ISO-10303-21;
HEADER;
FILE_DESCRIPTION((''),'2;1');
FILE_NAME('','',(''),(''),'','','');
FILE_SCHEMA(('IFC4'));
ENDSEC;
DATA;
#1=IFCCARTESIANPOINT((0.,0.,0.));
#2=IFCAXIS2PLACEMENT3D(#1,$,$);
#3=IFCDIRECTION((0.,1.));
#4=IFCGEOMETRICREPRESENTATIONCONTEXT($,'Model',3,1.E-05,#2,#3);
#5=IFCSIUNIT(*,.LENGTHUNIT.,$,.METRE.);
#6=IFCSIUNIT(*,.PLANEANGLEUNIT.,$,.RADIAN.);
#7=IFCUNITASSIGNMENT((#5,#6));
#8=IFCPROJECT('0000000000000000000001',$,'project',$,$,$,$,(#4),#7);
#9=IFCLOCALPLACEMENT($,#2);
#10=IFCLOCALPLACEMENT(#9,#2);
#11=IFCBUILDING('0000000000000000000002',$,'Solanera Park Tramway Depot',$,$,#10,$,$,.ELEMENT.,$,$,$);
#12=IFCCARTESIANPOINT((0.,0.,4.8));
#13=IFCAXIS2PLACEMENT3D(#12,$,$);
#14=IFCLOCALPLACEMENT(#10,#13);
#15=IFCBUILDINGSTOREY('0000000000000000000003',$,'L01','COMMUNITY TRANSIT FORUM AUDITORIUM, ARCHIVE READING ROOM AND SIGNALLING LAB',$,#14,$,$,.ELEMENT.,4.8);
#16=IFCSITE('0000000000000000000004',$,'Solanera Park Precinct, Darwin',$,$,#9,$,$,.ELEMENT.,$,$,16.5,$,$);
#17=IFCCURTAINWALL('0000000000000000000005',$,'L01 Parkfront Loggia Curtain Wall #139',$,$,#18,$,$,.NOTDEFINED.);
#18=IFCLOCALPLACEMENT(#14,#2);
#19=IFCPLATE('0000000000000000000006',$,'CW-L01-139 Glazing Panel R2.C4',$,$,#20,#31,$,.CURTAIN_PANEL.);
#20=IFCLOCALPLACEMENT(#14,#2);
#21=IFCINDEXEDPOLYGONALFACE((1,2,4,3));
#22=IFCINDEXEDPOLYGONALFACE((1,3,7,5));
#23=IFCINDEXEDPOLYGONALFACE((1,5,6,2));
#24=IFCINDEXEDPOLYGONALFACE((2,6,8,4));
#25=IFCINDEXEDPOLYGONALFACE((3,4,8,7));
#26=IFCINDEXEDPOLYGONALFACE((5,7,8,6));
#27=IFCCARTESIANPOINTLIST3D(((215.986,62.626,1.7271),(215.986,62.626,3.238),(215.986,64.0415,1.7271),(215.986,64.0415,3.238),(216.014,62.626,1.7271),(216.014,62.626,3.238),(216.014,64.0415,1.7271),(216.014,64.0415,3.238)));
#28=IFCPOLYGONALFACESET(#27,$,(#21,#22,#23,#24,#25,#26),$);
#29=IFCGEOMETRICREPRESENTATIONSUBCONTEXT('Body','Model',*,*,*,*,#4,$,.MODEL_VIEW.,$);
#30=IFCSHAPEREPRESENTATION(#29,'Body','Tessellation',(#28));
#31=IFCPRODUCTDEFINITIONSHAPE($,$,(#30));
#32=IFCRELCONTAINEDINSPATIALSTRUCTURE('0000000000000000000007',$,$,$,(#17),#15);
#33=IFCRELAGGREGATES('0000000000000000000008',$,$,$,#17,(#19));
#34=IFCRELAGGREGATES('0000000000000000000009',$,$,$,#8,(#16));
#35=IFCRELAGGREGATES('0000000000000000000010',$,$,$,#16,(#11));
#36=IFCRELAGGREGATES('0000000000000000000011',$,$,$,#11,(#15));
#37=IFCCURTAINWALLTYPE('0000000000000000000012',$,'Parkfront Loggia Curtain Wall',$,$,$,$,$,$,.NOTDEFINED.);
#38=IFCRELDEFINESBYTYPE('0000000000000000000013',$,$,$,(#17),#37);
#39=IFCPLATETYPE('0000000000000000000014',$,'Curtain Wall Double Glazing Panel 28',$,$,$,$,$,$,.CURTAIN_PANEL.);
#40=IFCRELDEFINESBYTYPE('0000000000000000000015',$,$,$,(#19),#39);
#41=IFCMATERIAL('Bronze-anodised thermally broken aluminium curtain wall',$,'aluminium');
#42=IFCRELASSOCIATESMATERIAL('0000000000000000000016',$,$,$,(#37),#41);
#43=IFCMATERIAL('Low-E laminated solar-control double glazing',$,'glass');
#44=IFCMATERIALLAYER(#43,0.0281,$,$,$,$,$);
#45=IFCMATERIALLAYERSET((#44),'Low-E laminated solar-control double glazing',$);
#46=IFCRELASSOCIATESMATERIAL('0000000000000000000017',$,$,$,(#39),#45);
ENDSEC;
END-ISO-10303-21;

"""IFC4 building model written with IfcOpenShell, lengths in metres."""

from ifc_helpers import new_model, si_unit, direction, frame, origin, origin_2d, place, context, subcontext, project, spatial, rectangle, extrude, material, layer, layer_set, type_object, element, aggregate, save


model = new_model("IFC4")

# Units and contexts
model_context = context("Model", 3, precision=1e-05, world=origin(), true_north=direction((0.0, 1.0)))
body_context = subcontext(model_context, "Body", "Model", "MODEL_VIEW")
ifc_project = project(units=[si_unit("LENGTHUNIT", "METRE"), si_unit("PLANEANGLEUNIT", "RADIAN")], contexts=[model_context])

# Site, building, storey
site_placement = place(None, origin())
site = spatial("IfcSite", under=ifc_project, at=site_placement, Name="Solanera Park Precinct, Darwin", CompositionType="ELEMENT", RefElevation=16.5)
building_placement = place(site_placement, origin())
building = spatial("IfcBuilding", under=site, at=building_placement, Name="Solanera Park Tramway Depot", CompositionType="ELEMENT")
storey_placement = place(building_placement, frame((0.0, 0.0, 4.8)))
storey = spatial("IfcBuildingStorey", under=building, at=storey_placement, Name="L01", Description="COMMUNITY TRANSIT FORUM AUDITORIUM, ARCHIVE READING ROOM AND SIGNALLING LAB", CompositionType="ELEMENT", Elevation=4.8)

# Shared definitions
ifc_material_1 = material(Name="Bronze-anodised thermally broken aluminium curtain wall", Category="aluminium")
curtain_wall_type = type_object("IfcCurtainWallType", Name="Parkfront Loggia Curtain Wall", PredefinedType="NOTDEFINED", material=ifc_material_1)

# Curtain wall
curtain_wall_1_placement = place(storey_placement, origin())
curtain_wall_1 = element("IfcCurtainWall", 1, at=curtain_wall_1_placement, inside=storey, type_object=curtain_wall_type, Name="L01 Parkfront Loggia Curtain Wall #139", PredefinedType="NOTDEFINED")

# Plate
ifc_material_2 = material(Name="Low-E laminated solar-control double glazing", Category="glass")
ifc_layer = layer(ifc_material_2, 0.0281)
ifc_layer_set = layer_set([ifc_layer], Name="Low-E laminated solar-control double glazing")
plate_type = type_object("IfcPlateType", Name="Curtain Wall Double Glazing Panel 28", PredefinedType="CURTAIN_PANEL", material=ifc_layer_set)
plate_1_placement = place(storey_placement, frame((216.0, 63.3337, 1.7271), z_axis=(0.0, 0.0, 1.0), x_axis=(0.0, 1.0, 0.0)))
plate_1 = element("IfcPlate", 2, at=plate_1_placement, type_object=plate_type, Name="CW-L01-139 Glazing Panel R2.C4", PredefinedType="CURTAIN_PANEL", context=body_context, shape_type="SweptSolid", body=[
    extrude(rectangle(XDim=1.4155, YDim=0.0281, at=origin_2d()), origin(), (0.0, 0.0, 1.0), 1.511),
])
aggregate(curtain_wall_1, [plate_1])

save(model, "model.ifc")
